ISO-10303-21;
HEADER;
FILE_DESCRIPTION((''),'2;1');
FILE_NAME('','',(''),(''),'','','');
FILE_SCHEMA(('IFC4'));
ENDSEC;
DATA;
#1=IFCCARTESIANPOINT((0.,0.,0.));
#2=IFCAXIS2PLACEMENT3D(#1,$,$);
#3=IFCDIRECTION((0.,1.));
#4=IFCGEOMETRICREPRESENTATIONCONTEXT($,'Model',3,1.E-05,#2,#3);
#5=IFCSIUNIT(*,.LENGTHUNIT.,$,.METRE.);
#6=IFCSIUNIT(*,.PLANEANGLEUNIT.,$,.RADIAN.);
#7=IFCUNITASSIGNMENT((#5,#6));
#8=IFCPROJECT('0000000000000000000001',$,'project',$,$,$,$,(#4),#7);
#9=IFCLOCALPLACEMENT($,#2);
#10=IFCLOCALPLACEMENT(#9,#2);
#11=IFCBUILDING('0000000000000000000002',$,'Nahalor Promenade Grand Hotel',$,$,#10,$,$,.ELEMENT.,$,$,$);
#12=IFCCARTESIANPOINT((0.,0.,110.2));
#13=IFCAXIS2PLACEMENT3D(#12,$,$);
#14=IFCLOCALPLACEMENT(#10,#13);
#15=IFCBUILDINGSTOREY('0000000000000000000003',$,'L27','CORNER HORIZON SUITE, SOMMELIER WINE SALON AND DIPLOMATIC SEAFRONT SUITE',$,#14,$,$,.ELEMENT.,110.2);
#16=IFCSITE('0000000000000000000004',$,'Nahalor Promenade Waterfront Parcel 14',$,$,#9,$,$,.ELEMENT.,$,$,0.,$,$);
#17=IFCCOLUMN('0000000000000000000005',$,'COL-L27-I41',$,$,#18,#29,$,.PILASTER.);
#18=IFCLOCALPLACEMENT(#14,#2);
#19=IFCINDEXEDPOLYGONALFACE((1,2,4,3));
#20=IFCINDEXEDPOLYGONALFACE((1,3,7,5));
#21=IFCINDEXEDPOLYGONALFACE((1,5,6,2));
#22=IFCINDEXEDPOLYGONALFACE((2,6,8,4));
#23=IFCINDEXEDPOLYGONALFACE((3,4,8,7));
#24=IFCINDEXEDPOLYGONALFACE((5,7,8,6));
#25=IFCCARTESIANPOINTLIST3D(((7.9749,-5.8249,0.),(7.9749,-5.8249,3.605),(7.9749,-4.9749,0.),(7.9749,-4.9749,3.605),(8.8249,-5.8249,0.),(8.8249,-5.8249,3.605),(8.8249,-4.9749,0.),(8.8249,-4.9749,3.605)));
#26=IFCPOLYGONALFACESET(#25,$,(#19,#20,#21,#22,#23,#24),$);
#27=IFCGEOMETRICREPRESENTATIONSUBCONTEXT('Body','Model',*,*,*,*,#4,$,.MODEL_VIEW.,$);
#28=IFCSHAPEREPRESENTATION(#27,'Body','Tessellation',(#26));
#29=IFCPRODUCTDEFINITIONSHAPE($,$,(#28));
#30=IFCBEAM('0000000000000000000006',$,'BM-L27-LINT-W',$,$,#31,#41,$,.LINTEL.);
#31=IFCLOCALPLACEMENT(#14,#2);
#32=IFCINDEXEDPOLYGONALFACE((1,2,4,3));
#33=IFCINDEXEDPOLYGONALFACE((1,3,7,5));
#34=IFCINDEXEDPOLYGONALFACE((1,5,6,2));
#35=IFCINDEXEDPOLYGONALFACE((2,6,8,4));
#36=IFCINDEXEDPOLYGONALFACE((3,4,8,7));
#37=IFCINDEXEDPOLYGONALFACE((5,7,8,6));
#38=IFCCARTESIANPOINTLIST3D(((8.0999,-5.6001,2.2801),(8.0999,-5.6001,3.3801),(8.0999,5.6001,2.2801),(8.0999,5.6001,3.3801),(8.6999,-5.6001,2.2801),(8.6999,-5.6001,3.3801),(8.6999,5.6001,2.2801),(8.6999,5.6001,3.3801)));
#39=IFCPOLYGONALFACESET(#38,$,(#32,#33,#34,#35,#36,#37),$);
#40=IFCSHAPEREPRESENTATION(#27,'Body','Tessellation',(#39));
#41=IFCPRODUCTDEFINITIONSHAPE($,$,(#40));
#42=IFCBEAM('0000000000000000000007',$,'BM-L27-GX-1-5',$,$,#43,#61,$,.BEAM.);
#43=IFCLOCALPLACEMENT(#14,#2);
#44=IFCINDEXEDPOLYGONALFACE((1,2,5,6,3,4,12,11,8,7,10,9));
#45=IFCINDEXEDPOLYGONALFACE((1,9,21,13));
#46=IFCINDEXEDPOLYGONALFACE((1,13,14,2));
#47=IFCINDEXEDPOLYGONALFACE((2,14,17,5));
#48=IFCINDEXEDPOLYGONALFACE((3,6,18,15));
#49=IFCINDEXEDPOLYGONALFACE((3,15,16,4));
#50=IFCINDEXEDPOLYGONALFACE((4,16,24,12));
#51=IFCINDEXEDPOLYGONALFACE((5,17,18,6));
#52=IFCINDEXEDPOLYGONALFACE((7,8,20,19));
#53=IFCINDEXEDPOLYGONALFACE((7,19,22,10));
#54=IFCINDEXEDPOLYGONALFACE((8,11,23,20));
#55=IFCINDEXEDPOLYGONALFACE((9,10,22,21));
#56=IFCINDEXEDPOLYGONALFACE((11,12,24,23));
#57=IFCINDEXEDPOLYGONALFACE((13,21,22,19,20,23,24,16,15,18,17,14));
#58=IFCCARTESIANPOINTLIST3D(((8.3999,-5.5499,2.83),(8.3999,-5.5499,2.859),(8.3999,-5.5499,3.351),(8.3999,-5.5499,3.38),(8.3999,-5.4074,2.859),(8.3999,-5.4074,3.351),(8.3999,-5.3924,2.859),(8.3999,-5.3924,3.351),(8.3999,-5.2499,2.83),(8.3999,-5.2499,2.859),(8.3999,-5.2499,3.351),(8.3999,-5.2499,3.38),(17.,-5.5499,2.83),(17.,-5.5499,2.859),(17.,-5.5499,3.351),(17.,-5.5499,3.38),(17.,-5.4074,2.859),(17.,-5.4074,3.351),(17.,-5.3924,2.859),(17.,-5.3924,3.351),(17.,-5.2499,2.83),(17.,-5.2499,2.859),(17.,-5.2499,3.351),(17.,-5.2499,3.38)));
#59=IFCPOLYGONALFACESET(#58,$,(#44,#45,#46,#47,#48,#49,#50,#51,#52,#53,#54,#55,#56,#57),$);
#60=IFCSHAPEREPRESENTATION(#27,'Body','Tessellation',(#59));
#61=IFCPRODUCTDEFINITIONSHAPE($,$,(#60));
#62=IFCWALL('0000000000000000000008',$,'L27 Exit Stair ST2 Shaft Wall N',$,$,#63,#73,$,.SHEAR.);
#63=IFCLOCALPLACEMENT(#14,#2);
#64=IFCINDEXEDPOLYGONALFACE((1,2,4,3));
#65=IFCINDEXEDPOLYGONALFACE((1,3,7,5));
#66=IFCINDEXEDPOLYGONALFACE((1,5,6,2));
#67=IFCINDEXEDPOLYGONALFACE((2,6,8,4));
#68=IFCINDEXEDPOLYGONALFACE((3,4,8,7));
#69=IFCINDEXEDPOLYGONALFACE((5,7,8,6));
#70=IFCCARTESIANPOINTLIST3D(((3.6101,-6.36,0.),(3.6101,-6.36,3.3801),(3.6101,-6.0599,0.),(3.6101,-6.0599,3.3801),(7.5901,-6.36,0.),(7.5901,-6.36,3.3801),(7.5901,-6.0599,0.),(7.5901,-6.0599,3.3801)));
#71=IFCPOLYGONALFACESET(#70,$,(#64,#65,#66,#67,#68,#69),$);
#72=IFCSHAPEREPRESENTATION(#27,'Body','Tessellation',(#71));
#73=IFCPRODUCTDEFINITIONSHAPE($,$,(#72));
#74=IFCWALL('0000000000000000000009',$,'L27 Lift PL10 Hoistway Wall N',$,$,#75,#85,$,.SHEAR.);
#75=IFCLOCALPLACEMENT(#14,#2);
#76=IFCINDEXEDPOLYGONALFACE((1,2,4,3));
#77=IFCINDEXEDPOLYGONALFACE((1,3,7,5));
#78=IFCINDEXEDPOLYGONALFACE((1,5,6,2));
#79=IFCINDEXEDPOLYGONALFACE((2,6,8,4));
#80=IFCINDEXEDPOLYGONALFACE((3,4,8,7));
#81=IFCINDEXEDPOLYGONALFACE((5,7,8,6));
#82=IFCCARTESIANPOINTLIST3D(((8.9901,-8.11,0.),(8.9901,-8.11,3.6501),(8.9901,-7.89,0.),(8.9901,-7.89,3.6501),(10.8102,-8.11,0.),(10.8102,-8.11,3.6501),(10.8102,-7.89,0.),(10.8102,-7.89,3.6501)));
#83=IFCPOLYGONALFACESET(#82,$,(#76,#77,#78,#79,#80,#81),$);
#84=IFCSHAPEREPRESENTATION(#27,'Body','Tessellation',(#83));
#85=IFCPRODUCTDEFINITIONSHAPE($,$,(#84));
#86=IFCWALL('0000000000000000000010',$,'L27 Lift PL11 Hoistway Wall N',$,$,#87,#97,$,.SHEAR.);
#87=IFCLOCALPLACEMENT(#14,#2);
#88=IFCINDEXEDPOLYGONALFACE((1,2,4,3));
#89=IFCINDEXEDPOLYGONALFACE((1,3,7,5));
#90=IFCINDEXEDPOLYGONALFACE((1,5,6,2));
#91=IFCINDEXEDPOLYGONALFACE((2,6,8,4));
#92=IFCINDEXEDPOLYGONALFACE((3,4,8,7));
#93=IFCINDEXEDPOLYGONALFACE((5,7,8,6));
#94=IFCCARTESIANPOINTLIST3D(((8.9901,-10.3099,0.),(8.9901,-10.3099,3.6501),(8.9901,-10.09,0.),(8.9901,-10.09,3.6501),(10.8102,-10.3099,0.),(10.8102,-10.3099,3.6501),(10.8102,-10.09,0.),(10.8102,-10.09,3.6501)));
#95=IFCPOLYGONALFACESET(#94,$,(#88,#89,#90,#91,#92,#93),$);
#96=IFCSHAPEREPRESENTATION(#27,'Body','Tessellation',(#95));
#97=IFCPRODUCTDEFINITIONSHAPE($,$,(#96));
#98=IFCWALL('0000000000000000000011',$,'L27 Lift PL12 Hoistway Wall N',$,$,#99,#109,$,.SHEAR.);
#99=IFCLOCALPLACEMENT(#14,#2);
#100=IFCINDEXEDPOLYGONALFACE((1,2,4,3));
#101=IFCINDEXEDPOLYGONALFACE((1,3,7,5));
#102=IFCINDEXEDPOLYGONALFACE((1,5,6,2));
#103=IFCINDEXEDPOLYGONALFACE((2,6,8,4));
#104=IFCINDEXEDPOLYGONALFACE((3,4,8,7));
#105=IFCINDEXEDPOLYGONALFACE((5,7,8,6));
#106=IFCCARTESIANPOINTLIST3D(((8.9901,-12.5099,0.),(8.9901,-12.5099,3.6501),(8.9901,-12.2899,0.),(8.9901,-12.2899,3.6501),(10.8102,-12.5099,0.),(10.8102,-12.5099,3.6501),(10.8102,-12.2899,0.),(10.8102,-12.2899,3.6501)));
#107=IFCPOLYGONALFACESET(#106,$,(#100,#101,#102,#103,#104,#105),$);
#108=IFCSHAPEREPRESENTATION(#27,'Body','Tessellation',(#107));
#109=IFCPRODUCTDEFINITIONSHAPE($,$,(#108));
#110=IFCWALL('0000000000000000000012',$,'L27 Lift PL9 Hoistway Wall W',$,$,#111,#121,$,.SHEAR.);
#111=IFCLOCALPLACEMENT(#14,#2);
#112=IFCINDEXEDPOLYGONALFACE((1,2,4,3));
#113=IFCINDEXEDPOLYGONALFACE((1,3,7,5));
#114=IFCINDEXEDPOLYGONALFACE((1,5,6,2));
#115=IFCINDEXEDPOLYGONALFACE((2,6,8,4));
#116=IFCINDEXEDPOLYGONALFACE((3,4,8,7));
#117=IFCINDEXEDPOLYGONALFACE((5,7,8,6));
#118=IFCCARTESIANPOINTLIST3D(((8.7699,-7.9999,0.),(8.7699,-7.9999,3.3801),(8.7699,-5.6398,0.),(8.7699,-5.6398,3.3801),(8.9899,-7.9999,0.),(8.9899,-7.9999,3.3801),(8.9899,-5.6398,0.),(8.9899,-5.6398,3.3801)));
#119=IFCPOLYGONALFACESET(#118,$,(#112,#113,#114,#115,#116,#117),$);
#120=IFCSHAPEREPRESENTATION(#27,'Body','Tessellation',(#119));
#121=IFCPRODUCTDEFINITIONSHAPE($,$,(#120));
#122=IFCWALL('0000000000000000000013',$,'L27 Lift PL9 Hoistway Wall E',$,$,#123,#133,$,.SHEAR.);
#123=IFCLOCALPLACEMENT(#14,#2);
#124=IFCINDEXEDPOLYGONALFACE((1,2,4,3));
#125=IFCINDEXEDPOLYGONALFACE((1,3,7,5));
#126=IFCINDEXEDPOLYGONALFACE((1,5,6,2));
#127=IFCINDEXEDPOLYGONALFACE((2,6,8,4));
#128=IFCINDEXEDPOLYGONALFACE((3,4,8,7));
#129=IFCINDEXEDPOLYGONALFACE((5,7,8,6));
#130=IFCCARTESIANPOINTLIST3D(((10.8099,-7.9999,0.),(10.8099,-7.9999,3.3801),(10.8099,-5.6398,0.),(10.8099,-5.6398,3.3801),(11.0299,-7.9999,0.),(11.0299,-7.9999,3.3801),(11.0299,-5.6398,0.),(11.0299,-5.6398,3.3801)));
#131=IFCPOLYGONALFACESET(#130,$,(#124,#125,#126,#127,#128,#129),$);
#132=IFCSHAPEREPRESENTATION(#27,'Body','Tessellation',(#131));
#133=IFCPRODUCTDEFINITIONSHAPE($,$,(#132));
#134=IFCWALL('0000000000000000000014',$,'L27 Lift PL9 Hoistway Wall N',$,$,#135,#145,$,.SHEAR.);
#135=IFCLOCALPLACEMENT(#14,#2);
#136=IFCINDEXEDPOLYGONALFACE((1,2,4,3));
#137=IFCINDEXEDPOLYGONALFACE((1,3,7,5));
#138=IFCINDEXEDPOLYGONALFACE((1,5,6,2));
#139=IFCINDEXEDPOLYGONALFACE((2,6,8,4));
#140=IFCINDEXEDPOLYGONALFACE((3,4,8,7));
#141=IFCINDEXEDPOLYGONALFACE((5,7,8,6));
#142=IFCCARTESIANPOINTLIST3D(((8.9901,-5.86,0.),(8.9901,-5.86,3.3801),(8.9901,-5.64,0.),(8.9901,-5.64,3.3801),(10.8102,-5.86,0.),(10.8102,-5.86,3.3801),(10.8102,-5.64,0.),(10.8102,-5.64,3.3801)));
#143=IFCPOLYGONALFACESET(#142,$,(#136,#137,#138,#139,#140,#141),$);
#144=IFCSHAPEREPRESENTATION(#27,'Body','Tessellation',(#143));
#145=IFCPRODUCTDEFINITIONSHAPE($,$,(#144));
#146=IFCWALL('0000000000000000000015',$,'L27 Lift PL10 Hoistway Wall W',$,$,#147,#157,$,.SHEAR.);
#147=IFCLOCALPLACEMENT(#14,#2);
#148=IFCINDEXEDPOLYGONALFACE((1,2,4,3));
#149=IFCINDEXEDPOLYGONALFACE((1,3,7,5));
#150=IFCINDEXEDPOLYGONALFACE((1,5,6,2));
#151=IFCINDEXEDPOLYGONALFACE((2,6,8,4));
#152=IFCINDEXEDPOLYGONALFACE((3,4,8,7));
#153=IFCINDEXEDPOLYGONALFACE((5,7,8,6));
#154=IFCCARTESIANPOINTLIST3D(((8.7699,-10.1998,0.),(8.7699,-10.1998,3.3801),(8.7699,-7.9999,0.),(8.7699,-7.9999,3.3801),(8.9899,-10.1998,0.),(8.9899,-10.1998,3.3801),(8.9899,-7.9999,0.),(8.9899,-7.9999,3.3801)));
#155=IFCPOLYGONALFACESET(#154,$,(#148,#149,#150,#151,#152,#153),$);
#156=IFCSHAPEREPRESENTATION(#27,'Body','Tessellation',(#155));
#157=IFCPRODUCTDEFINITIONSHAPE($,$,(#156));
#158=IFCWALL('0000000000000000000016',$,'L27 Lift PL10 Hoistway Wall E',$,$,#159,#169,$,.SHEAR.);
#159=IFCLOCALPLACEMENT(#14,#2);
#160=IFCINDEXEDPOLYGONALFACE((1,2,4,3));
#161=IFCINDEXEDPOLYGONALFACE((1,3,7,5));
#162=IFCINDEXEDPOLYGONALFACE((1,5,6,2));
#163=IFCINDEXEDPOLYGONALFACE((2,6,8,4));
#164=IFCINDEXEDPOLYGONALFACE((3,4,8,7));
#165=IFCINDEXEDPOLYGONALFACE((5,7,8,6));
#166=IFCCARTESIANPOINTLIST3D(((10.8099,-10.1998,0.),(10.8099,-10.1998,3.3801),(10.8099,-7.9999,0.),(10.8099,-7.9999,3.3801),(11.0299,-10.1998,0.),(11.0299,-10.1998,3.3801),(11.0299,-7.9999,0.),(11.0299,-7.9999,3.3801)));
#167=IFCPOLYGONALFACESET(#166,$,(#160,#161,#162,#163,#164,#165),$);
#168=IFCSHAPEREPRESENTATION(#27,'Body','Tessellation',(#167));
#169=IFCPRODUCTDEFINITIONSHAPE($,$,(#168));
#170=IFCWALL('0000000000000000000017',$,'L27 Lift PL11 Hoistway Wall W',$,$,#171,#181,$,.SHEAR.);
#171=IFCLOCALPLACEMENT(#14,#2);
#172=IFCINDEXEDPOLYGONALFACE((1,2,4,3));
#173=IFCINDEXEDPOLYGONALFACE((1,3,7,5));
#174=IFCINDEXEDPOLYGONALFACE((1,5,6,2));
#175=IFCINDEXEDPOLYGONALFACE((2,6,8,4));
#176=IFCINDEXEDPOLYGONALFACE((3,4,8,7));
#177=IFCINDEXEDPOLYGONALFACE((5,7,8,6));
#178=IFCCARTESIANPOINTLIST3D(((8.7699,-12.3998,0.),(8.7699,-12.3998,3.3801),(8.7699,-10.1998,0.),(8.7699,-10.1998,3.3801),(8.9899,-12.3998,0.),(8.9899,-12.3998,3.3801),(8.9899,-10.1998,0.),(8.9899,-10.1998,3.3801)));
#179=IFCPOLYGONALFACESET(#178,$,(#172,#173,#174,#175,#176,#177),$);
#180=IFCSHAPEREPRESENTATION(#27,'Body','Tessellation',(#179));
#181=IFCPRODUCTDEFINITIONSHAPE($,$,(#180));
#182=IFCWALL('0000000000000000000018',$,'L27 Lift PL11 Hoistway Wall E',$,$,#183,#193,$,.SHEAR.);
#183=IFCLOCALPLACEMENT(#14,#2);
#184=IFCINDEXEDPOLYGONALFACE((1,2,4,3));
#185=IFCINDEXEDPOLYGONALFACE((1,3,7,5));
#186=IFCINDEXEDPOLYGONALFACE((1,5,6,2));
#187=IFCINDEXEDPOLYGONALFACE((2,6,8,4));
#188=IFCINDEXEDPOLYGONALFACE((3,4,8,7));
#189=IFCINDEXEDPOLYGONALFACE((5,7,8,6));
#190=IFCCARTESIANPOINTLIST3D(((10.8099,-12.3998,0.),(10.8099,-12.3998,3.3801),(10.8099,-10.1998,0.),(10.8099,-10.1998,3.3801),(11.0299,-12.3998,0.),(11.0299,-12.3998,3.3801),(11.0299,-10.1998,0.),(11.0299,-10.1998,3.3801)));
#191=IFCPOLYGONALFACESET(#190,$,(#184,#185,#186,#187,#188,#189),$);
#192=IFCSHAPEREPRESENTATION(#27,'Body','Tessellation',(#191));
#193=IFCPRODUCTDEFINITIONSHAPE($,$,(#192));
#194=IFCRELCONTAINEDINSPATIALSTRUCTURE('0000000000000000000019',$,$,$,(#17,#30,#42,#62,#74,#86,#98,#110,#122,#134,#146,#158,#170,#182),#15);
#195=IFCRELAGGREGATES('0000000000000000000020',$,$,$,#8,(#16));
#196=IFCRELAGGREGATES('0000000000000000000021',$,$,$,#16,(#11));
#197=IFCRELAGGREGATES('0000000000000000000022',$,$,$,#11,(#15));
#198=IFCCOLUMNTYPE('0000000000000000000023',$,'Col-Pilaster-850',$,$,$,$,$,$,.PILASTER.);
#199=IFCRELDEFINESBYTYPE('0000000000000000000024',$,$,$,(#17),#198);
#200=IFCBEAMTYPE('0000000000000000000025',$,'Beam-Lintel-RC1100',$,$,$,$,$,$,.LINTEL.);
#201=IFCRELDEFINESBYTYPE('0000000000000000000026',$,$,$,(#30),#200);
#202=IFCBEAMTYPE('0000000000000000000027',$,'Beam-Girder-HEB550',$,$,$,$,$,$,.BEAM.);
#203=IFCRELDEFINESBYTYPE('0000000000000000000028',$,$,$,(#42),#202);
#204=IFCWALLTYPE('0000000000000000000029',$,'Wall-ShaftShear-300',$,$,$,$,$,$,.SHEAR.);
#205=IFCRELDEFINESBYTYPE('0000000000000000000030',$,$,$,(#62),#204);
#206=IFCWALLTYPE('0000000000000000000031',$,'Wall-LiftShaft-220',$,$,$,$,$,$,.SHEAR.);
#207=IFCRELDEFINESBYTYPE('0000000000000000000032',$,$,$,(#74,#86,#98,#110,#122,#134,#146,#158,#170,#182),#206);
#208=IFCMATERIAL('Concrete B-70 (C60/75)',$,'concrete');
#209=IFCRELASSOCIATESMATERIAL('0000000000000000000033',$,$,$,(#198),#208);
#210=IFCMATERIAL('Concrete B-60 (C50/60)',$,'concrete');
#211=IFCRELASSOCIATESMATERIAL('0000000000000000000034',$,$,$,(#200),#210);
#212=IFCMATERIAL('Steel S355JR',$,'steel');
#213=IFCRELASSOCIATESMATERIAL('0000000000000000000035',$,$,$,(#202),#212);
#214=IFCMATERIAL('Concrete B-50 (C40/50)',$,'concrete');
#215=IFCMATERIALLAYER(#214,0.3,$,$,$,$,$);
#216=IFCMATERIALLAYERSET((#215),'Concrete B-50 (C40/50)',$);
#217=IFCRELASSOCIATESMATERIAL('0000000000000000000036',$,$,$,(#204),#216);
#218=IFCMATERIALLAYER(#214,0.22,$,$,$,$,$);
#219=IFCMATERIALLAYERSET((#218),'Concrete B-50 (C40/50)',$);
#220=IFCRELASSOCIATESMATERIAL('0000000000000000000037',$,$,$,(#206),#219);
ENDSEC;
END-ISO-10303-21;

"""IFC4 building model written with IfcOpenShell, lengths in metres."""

from ifc_helpers import new_model, si_unit, direction, frame, frame_2d, origin, origin_2d, place, context, subcontext, project, spatial, rectangle, i_section, extrude, source, transform, mapped, material, layer, layer_set, material_profile, profile_set, type_object, element, save


model = new_model("IFC4")

# Units and contexts
model_context = context("Model", 3, precision=1e-05, world=origin(), true_north=direction((0.0, 1.0)))
body_context = subcontext(model_context, "Body", "Model", "MODEL_VIEW")
ifc_project = project(units=[si_unit("LENGTHUNIT", "METRE"), si_unit("PLANEANGLEUNIT", "RADIAN")], contexts=[model_context])

# Site, building, storey
site_placement = place(None, origin())
site = spatial("IfcSite", under=ifc_project, at=site_placement, Name="Nahalor Promenade Waterfront Parcel 14", CompositionType="ELEMENT", RefElevation=0.0)
building_placement = place(site_placement, origin())
building = spatial("IfcBuilding", under=site, at=building_placement, Name="Nahalor Promenade Grand Hotel", CompositionType="ELEMENT")
storey_placement = place(building_placement, frame((0.0, 0.0, 110.2)))
storey = spatial("IfcBuildingStorey", under=building, at=storey_placement, Name="L27", Description="CORNER HORIZON SUITE, SOMMELIER WINE SALON AND DIPLOMATIC SEAFRONT SUITE", CompositionType="ELEMENT", Elevation=110.2)

# Column
ifc_material_1 = material(Name="Concrete B-70 (C60/75)", Category="concrete")
ifc_material_profile_1 = material_profile(ifc_material_1, rectangle(XDim=0.85, YDim=0.85, at=origin_2d()), Name="RC 850x850")
ifc_profile_set_1 = profile_set([ifc_material_profile_1], Name="Concrete B-70 (C60/75)")
column_type = type_object("IfcColumnType", Name="Col-Pilaster-850", PredefinedType="PILASTER", material=ifc_profile_set_1)
shared_shape_1 = source(origin(), body_context, "Body", "SweptSolid", [
    extrude(rectangle(XDim=0.85, YDim=0.85, at=origin_2d()), origin(), (0.0, 0.0, 1.0), 3.605),
])
column_placement = place(storey_placement, frame((8.3999, -5.3999, 0.0), z_axis=(0.0, 0.0, 1.0), x_axis=(1.0, 0.0, 0.0)))
element("IfcColumn", 1, at=column_placement, inside=storey, type_object=column_type, Name="COL-L27-I41", PredefinedType="PILASTER", context=body_context, shape_type="MappedRepresentation", body=[
    mapped(shared_shape_1, transform((0.0, 0.0, 0.0), scale=1.0)),
])

# Beams
ifc_material_2 = material(Name="Concrete B-60 (C50/60)", Category="concrete")
ifc_material_profile_2 = material_profile(ifc_material_2, rectangle(XDim=0.6, YDim=1.1, at=origin_2d()), Name="RC 600x1100")
ifc_profile_set_2 = profile_set([ifc_material_profile_2], Name="Concrete B-60 (C50/60)")
beam_type_1 = type_object("IfcBeamType", Name="Beam-Lintel-RC1100", PredefinedType="LINTEL", material=ifc_profile_set_2)
shared_shape_2 = source(origin(), body_context, "Body", "SweptSolid", [
    extrude(rectangle(XDim=0.6, YDim=1.1, at=origin_2d()), origin(), (0.0, 0.0, 1.0), 11.2002),
])
beam_1_placement = place(storey_placement, frame((8.3999, -5.6001, 2.8301), z_axis=(0.0, 1.0, 0.0), x_axis=(-1.0, 0.0, 0.0)))
element("IfcBeam", 2, at=beam_1_placement, inside=storey, type_object=beam_type_1, Name="BM-L27-LINT-W", PredefinedType="LINTEL", context=body_context, shape_type="MappedRepresentation", body=[
    mapped(shared_shape_2, transform((0.0, 0.0, 0.0), scale=1.0)),
])
ifc_material_3 = material(Name="Steel S355JR", Category="steel")
ifc_material_profile_3 = material_profile(ifc_material_3, i_section(OverallWidth=0.3, OverallDepth=0.55, WebThickness=0.015, FlangeThickness=0.029, at=origin_2d()), Name="HEB 550")
ifc_profile_set_3 = profile_set([ifc_material_profile_3], Name="Steel S355JR")
beam_type_2 = type_object("IfcBeamType", Name="Beam-Girder-HEB550", PredefinedType="BEAM", material=ifc_profile_set_3)
shared_shape_3 = source(origin(), body_context, "Body", "SweptSolid", [
    extrude(i_section(OverallWidth=0.3, OverallDepth=0.55, WebThickness=0.015, FlangeThickness=0.029, at=origin_2d()), origin(), (0.0, 0.0, 1.0), 8.6001),
])
beam_2_placement = place(storey_placement, frame((8.3999, -5.3999, 3.105), z_axis=(1.0, 0.0, 0.0), x_axis=(0.0, 1.0, 0.0)))
element("IfcBeam", 3, at=beam_2_placement, inside=storey, type_object=beam_type_2, Name="BM-L27-GX-1-5", PredefinedType="BEAM", context=body_context, shape_type="MappedRepresentation", body=[
    mapped(shared_shape_3, transform((0.0, 0.0, 0.0), scale=1.0)),
])

# Walls
ifc_material_4 = material(Name="Concrete B-50 (C40/50)", Category="concrete")
ifc_layer_1 = layer(ifc_material_4, 0.3)
ifc_layer_set_1 = layer_set([ifc_layer_1], Name="Concrete B-50 (C40/50)")
wall_type_1 = type_object("IfcWallType", Name="Wall-ShaftShear-300", PredefinedType="SHEAR", material=ifc_layer_set_1)
shared_shape_4 = source(origin(), body_context, "Body", "SweptSolid", [
    extrude(rectangle(XDim=3.98, YDim=0.3, at=frame_2d((1.99, 0.0))), origin(), (0.0, 0.0, 1.0), 3.3801),
])
wall_1_placement = place(storey_placement, frame((3.6101, -6.21, 0.0), z_axis=(0.0, 0.0, 1.0), x_axis=(1.0, 0.0, 0.0)))
element("IfcWall", 4, at=wall_1_placement, inside=storey, type_object=wall_type_1, Name="L27 Exit Stair ST2 Shaft Wall N", PredefinedType="SHEAR", context=body_context, shape_type="MappedRepresentation", body=[
    mapped(shared_shape_4, transform((0.0, 0.0, 0.0), scale=1.0)),
])
ifc_layer_2 = layer(ifc_material_4, 0.22)
ifc_layer_set_2 = layer_set([ifc_layer_2], Name="Concrete B-50 (C40/50)")
wall_type_2 = type_object("IfcWallType", Name="Wall-LiftShaft-220", PredefinedType="SHEAR", material=ifc_layer_set_2)
shared_shape_5 = source(origin(), body_context, "Body", "SweptSolid", [
    extrude(rectangle(XDim=1.8201, YDim=0.22, at=frame_2d((0.9102, 0.0))), origin(), (0.0, 0.0, 1.0), 3.6501),
])
for number, where, z_axis, x_axis, name in (
    (5, (8.99, -8.0, 0.0), (0.0, 0.0, 1.0), (1.0, 0.0, 0.0), "L27 Lift PL10 Hoistway Wall N"),
    (6, (8.99, -10.2, 0.0), (0.0, 0.0, 1.0), (1.0, 0.0, 0.0), "L27 Lift PL11 Hoistway Wall N"),
    (7, (8.99, -12.3999, 0.0), (0.0, 0.0, 1.0), (1.0, 0.0, 0.0), "L27 Lift PL12 Hoistway Wall N"),
):
    element("IfcWall", number, at=place(storey_placement, frame(where, z_axis=z_axis, x_axis=x_axis)), inside=storey, type_object=wall_type_2, Name=name, PredefinedType="SHEAR", context=body_context, shape_type="MappedRepresentation", body=[
        mapped(shared_shape_5, transform((0.0, 0.0, 0.0), scale=1.0)),
    ])
shared_shape_6 = source(origin(), body_context, "Body", "SweptSolid", [
    extrude(rectangle(XDim=2.3601, YDim=0.22, at=frame_2d((1.1802, 0.0))), origin(), (0.0, 0.0, 1.0), 3.3801),
])
for number, where, z_axis, x_axis, name in (
    (8, (8.8799, -8.0, 0.0), (0.0, 0.0, 1.0), (0.0, 1.0, 0.0), "L27 Lift PL9 Hoistway Wall W"),
    (9, (10.9199, -8.0, 0.0), (0.0, 0.0, 1.0), (0.0, 1.0, 0.0), "L27 Lift PL9 Hoistway Wall E"),
):
    element("IfcWall", number, at=place(storey_placement, frame(where, z_axis=z_axis, x_axis=x_axis)), inside=storey, type_object=wall_type_2, Name=name, PredefinedType="SHEAR", context=body_context, shape_type="MappedRepresentation", body=[
        mapped(shared_shape_6, transform((0.0, 0.0, 0.0), scale=1.0)),
    ])
shared_shape_7 = source(origin(), body_context, "Body", "SweptSolid", [
    extrude(rectangle(XDim=1.8201, YDim=0.22, at=frame_2d((0.9102, 0.0))), origin(), (0.0, 0.0, 1.0), 3.3801),
])
wall_2_placement = place(storey_placement, frame((8.99, -5.75, 0.0), z_axis=(0.0, 0.0, 1.0), x_axis=(1.0, 0.0, 0.0)))
element("IfcWall", 10, at=wall_2_placement, inside=storey, type_object=wall_type_2, Name="L27 Lift PL9 Hoistway Wall N", PredefinedType="SHEAR", context=body_context, shape_type="MappedRepresentation", body=[
    mapped(shared_shape_7, transform((0.0, 0.0, 0.0), scale=1.0)),
])
shared_shape_8 = source(origin(), body_context, "Body", "SweptSolid", [
    extrude(rectangle(XDim=2.2, YDim=0.22, at=frame_2d((1.1001, 0.0))), origin(), (0.0, 0.0, 1.0), 3.3801),
])
for number, where, z_axis, x_axis, name in (
    (11, (8.8799, -10.2, 0.0), (0.0, 0.0, 1.0), (0.0, 1.0, 0.0), "L27 Lift PL10 Hoistway Wall W"),
    (12, (10.9199, -10.2, 0.0), (0.0, 0.0, 1.0), (0.0, 1.0, 0.0), "L27 Lift PL10 Hoistway Wall E"),
    (13, (8.8799, -12.3999, 0.0), (0.0, 0.0, 1.0), (0.0, 1.0, 0.0), "L27 Lift PL11 Hoistway Wall W"),
    (14, (10.9199, -12.3999, 0.0), (0.0, 0.0, 1.0), (0.0, 1.0, 0.0), "L27 Lift PL11 Hoistway Wall E"),
):
    element("IfcWall", number, at=place(storey_placement, frame(where, z_axis=z_axis, x_axis=x_axis)), inside=storey, type_object=wall_type_2, Name=name, PredefinedType="SHEAR", context=body_context, shape_type="MappedRepresentation", body=[
        mapped(shared_shape_8, transform((0.0, 0.0, 0.0), scale=1.0)),
    ])

save(model, "model.ifc")
